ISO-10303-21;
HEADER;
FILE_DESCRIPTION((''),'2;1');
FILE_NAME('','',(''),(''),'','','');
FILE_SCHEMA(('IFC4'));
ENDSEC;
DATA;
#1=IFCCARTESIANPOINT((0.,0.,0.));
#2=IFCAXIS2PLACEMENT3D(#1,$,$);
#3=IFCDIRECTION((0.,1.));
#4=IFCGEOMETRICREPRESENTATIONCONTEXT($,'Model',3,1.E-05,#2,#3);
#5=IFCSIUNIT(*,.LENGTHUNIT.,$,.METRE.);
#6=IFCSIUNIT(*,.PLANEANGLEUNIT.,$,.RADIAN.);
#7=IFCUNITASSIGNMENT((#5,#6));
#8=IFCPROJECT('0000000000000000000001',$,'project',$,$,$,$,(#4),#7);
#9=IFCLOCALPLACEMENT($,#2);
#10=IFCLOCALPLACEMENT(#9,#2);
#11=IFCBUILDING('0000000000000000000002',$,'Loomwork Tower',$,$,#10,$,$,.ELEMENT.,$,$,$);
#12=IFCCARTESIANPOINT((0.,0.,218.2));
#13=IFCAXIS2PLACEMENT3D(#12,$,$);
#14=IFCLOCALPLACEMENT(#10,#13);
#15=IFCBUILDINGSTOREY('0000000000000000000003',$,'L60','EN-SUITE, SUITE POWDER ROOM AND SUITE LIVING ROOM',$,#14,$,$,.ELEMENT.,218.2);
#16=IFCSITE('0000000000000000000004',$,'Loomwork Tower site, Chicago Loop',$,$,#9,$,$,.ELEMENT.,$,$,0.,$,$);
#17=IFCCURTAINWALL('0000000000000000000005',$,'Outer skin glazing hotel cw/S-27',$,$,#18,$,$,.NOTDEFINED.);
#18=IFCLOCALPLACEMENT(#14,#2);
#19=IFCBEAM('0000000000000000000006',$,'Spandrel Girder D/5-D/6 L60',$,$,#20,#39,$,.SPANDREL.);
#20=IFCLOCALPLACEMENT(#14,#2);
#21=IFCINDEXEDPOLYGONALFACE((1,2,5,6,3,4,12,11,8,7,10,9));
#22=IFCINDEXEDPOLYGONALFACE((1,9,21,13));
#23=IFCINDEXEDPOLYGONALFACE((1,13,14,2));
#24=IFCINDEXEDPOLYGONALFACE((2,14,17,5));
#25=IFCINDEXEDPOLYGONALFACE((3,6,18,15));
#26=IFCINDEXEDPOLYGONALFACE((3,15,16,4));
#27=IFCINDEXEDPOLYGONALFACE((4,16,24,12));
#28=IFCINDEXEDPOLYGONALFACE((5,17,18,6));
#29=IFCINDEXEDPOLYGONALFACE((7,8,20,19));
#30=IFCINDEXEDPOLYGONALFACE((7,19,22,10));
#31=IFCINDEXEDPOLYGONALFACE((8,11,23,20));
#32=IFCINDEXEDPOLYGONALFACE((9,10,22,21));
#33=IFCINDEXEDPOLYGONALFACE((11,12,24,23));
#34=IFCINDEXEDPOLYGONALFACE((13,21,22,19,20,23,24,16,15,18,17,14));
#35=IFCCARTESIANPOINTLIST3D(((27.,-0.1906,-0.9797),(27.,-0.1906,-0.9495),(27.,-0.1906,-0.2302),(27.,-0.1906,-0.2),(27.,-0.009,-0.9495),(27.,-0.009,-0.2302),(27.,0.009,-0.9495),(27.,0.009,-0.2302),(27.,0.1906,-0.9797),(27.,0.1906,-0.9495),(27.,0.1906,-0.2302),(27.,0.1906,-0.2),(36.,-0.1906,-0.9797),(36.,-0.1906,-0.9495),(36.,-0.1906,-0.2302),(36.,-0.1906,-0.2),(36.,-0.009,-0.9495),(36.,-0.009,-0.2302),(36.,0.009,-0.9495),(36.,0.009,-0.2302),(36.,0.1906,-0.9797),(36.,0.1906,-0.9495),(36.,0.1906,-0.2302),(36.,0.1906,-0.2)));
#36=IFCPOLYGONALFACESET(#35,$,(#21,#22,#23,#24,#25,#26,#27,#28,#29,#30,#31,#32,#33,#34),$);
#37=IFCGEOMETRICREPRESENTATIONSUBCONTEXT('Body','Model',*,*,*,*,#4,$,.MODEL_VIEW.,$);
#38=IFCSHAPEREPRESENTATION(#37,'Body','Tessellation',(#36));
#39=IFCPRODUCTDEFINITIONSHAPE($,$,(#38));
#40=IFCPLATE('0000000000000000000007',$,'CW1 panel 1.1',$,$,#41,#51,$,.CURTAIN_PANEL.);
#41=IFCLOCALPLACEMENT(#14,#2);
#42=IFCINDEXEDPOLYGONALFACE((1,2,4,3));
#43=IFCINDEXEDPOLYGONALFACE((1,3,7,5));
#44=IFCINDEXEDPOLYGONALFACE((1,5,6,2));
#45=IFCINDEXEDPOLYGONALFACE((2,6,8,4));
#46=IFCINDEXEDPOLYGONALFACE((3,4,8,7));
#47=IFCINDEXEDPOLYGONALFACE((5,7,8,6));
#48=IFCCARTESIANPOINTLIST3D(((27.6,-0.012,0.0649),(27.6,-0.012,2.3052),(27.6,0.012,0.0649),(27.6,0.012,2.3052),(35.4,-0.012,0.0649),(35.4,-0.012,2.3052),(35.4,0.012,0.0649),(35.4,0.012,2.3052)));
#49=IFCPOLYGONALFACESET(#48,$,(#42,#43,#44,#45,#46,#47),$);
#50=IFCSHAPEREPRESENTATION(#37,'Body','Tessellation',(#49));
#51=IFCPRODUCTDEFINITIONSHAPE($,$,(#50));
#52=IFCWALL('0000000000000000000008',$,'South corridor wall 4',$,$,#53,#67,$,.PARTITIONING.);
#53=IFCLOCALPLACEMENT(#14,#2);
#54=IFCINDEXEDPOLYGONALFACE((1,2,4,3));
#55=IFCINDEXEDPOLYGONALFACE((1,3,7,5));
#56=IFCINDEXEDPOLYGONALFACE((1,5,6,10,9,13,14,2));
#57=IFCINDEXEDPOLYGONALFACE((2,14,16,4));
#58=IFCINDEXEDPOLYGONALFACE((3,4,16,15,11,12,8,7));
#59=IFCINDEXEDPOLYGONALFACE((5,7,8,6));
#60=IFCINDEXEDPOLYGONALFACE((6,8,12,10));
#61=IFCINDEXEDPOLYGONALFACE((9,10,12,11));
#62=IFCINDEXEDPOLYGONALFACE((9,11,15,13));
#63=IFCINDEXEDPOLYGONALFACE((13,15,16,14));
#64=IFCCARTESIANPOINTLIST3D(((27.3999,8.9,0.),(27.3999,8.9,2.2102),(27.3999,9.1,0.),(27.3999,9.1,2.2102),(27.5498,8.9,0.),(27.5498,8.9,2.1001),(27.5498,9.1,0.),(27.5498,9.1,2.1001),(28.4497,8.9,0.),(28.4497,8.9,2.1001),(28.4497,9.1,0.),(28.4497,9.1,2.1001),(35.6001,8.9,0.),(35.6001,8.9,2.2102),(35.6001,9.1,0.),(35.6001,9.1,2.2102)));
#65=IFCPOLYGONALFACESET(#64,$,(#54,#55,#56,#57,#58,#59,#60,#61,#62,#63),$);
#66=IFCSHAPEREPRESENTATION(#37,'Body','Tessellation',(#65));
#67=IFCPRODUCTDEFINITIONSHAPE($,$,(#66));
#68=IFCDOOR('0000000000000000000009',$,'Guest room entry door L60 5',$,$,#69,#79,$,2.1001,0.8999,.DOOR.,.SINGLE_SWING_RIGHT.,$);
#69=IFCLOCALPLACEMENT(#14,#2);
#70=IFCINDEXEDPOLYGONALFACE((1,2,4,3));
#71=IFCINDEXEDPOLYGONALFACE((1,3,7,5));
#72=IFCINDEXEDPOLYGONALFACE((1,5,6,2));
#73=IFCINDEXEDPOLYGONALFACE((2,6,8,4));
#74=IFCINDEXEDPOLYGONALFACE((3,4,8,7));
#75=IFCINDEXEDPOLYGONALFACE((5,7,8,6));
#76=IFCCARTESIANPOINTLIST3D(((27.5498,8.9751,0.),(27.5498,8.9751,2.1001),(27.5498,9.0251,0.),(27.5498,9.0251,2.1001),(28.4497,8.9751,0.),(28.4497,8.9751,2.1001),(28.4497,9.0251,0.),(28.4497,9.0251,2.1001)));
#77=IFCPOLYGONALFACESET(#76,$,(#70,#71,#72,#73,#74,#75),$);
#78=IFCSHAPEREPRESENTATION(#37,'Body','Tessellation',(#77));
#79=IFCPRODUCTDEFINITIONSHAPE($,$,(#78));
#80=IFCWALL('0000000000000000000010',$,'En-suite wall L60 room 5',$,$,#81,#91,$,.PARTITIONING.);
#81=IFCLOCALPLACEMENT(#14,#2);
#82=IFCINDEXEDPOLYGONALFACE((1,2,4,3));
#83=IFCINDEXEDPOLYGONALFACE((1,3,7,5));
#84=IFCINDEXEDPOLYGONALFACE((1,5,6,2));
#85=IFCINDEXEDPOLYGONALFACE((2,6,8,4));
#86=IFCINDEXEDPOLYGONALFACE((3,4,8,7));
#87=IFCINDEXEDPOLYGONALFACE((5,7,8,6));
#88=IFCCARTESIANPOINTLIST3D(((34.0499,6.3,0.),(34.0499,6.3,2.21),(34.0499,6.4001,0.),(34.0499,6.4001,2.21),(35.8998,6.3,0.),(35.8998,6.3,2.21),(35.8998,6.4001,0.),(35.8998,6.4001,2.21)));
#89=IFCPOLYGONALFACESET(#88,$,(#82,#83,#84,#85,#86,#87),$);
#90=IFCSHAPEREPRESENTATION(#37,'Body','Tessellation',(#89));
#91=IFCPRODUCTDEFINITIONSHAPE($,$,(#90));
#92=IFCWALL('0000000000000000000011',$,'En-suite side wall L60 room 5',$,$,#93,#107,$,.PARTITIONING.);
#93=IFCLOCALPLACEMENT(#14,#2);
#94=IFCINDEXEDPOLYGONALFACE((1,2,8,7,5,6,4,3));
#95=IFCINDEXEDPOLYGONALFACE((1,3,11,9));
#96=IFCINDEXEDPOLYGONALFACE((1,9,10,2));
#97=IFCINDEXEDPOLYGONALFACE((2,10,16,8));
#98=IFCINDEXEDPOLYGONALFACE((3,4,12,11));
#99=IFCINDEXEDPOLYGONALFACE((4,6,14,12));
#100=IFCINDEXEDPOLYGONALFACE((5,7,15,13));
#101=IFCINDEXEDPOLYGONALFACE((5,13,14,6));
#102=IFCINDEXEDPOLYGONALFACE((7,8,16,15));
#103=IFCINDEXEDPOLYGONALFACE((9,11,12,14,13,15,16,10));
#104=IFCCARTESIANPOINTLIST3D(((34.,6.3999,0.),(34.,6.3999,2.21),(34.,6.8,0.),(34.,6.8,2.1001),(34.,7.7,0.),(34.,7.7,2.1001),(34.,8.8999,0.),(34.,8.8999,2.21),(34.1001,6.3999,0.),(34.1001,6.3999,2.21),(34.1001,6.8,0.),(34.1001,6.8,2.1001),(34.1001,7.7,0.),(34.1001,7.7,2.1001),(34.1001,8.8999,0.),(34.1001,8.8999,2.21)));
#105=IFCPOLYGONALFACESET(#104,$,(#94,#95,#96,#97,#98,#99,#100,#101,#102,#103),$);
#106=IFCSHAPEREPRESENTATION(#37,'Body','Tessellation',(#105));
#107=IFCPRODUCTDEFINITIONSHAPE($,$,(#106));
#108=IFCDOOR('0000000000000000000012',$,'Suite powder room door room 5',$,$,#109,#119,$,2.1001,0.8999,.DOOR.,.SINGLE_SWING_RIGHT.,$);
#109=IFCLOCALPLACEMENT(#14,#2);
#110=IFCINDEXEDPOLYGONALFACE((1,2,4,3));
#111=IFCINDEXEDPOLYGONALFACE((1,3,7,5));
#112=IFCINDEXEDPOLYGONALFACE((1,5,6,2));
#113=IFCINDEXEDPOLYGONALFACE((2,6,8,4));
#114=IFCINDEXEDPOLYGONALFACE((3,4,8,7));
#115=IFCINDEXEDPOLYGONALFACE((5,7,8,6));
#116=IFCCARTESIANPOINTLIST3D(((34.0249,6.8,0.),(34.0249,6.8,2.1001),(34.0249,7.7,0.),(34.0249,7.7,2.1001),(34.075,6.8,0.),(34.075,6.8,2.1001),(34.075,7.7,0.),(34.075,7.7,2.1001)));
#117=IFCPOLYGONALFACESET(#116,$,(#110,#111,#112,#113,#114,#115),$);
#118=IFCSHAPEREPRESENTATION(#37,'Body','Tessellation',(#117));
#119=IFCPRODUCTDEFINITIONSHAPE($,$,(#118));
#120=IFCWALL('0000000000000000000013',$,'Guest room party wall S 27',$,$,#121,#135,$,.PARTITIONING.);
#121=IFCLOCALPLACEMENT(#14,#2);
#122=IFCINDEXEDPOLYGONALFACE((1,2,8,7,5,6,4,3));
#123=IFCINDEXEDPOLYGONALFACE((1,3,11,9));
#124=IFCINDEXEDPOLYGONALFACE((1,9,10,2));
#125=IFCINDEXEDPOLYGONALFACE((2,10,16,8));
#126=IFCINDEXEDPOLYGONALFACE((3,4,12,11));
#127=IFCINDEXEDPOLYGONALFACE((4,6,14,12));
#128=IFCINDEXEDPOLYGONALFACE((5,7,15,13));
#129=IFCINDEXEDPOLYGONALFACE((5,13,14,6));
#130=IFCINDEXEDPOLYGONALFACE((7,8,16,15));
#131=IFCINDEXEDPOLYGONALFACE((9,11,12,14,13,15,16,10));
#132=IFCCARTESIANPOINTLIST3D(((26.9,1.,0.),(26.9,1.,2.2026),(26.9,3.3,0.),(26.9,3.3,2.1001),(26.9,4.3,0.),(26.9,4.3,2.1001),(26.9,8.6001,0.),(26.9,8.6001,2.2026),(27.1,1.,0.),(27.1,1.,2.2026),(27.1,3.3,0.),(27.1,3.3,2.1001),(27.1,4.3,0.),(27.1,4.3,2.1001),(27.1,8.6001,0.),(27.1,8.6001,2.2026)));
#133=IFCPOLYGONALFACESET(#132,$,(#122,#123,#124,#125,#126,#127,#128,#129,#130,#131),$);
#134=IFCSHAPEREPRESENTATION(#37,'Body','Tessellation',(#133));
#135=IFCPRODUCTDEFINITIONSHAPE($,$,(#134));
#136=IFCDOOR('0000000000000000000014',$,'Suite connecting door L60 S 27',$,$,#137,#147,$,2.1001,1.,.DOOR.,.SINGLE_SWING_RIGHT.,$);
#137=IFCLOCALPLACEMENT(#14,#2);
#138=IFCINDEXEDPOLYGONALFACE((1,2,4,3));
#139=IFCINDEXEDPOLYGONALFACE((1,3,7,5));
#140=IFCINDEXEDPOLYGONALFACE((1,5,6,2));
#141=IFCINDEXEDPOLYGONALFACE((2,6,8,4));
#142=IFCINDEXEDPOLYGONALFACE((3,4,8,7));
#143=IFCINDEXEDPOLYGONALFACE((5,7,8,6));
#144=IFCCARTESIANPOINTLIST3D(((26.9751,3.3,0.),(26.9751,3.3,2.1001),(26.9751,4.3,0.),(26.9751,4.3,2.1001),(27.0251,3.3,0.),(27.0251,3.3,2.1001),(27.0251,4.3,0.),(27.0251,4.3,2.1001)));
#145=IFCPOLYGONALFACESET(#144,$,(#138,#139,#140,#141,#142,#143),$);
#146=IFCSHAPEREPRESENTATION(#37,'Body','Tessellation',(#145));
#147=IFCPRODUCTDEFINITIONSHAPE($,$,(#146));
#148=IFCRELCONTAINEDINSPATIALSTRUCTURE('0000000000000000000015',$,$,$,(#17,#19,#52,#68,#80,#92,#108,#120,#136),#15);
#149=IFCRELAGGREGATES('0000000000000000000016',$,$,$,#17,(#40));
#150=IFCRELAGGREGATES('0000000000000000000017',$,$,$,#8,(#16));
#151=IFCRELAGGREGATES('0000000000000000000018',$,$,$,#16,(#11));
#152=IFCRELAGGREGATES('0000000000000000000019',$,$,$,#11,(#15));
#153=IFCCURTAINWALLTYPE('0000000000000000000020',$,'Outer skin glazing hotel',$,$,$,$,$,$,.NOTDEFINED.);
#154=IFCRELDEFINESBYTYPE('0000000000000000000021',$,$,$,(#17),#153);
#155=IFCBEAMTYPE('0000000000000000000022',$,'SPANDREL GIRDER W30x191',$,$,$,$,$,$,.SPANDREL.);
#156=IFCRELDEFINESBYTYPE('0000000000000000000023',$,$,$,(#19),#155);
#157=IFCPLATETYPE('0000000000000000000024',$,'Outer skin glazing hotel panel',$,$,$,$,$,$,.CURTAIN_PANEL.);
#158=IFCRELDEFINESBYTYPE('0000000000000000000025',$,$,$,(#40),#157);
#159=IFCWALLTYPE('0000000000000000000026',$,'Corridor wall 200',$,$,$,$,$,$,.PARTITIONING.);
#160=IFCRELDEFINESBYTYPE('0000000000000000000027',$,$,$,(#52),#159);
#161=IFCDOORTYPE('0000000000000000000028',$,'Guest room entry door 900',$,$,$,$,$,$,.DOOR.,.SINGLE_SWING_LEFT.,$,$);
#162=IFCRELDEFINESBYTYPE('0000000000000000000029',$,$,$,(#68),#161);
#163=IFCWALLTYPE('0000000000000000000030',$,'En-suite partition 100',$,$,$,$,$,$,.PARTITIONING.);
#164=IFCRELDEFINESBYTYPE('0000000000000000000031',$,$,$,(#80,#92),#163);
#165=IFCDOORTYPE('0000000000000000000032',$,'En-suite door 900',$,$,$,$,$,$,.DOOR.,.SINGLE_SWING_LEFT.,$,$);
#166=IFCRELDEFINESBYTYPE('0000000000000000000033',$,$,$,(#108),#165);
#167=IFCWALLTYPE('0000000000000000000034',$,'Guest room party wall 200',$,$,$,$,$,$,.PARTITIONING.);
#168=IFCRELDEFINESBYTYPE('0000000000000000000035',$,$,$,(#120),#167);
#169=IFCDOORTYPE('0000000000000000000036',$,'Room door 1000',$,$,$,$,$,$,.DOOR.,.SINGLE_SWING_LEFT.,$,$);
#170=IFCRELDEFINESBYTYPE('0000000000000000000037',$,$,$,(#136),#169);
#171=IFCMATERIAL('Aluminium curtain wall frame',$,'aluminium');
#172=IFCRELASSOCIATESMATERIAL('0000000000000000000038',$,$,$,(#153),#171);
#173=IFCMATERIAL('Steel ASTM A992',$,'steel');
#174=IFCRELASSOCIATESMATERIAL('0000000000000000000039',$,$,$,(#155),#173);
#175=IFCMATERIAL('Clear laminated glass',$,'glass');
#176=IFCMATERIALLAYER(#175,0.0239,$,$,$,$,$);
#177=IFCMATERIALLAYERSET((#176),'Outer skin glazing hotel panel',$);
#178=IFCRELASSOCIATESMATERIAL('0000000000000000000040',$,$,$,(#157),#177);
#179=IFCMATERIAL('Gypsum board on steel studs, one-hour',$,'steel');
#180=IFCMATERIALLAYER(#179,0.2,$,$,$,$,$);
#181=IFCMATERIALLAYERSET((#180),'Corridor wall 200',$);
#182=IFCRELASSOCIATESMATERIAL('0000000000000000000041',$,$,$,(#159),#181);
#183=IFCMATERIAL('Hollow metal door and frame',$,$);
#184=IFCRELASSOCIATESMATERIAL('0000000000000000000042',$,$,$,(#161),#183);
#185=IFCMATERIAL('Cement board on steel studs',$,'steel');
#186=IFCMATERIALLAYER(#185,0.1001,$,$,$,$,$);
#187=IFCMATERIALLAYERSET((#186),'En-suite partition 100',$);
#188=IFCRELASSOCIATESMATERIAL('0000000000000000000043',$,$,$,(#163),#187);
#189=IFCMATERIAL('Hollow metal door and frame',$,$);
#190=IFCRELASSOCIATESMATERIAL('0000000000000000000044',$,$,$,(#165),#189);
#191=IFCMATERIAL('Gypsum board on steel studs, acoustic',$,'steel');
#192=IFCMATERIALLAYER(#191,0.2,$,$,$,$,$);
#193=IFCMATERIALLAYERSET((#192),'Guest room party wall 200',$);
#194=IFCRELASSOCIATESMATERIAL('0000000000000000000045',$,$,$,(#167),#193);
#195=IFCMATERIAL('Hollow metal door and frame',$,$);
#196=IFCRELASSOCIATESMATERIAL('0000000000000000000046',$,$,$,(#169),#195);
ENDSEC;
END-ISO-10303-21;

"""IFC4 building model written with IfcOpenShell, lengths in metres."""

from ifc_helpers import new_model, si_unit, direction, frame, frame_2d, origin, origin_2d, place, context, subcontext, project, spatial, rectangle, i_section, extrude, material, layer, layer_set, material_profile, profile_set, type_object, element, fill, aggregate, save


model = new_model("IFC4")

# Units and contexts
model_context = context("Model", 3, precision=1e-05, world=origin(), true_north=direction((0.0, 1.0)))
body_context = subcontext(model_context, "Body", "Model", "MODEL_VIEW")
ifc_project = project(units=[si_unit("LENGTHUNIT", "METRE"), si_unit("PLANEANGLEUNIT", "RADIAN")], contexts=[model_context])

# Site, building, storey
site_placement = place(None, origin())
site = spatial("IfcSite", under=ifc_project, at=site_placement, Name="Loomwork Tower site, Chicago Loop", CompositionType="ELEMENT", RefElevation=0.0)
building_placement = place(site_placement, origin())
building = spatial("IfcBuilding", under=site, at=building_placement, Name="Loomwork Tower", CompositionType="ELEMENT")
storey_placement = place(building_placement, frame((0.0, 0.0, 218.2)))
storey = spatial("IfcBuildingStorey", under=building, at=storey_placement, Name="L60", Description="EN-SUITE, SUITE POWDER ROOM AND SUITE LIVING ROOM", CompositionType="ELEMENT", Elevation=218.2)

# Curtain wall
ifc_material_1 = material(Name="Aluminium curtain wall frame", Category="aluminium")
curtain_wall_type = type_object("IfcCurtainWallType", Name="Outer skin glazing hotel", PredefinedType="NOTDEFINED", material=ifc_material_1)
curtain_wall_placement = place(storey_placement, origin())
curtain_wall = element("IfcCurtainWall", 1, at=curtain_wall_placement, inside=storey, type_object=curtain_wall_type, Name="Outer skin glazing hotel cw/S-27", PredefinedType="NOTDEFINED")

# Beam
ifc_material_2 = material(Name="Steel ASTM A992", Category="steel")
ifc_material_profile_1 = material_profile(ifc_material_2, i_section(OverallWidth=0.3811, OverallDepth=0.7798, WebThickness=0.0181, FlangeThickness=0.0303, at=origin_2d()), Name="W30x191")
ifc_profile_set_1 = profile_set([ifc_material_profile_1], Name="Steel ASTM A992")
beam_type_1 = type_object("IfcBeamType", Name="SPANDREL GIRDER W30x191", PredefinedType="SPANDREL", material=ifc_profile_set_1)
beam_1_placement = place(storey_placement, frame((27.0, 0.0, -0.5898), z_axis=(1.0, 0.0, 0.0), x_axis=(0.0, 1.0, 0.0)))
element("IfcBeam", 2, at=beam_1_placement, inside=storey, type_object=beam_type_1, Name="Spandrel Girder D/5-D/6 L60", PredefinedType="SPANDREL", context=body_context, shape_type="SweptSolid", body=[
    extrude(i_section(OverallWidth=0.3811, OverallDepth=0.7798, WebThickness=0.0181, FlangeThickness=0.0303, at=origin_2d()), origin(), (0.0, 0.0, 1.0), 9.0),
])

# Plate
ifc_material_3 = material(Name="Clear laminated glass", Category="glass")
ifc_layer_1 = layer(ifc_material_3, 0.0239)
ifc_layer_set_1 = layer_set([ifc_layer_1], Name="Outer skin glazing hotel panel")
plate_type = type_object("IfcPlateType", Name="Outer skin glazing hotel panel", PredefinedType="CURTAIN_PANEL", material=ifc_layer_set_1)
plate_placement = place(storey_placement, frame((31.5, 0.0, 0.0649), z_axis=(0.0, 0.0, 1.0), x_axis=(1.0, 0.0, 0.0)))
plate = element("IfcPlate", 3, at=plate_placement, type_object=plate_type, Name="CW1 panel 1.1", PredefinedType="CURTAIN_PANEL", context=body_context, shape_type="SweptSolid", body=[
    extrude(rectangle(XDim=7.8, YDim=0.0239, at=origin_2d()), origin(), (0.0, 0.0, 1.0), 2.2402),
])
aggregate(curtain_wall, [plate])

# Wall, opening, door
ifc_material_4 = material(Name="Gypsum board on steel studs, one-hour", Category="steel")
ifc_layer_2 = layer(ifc_material_4, 0.2)
ifc_layer_set_2 = layer_set([ifc_layer_2], Name="Corridor wall 200")
wall_type_1 = type_object("IfcWallType", Name="Corridor wall 200", PredefinedType="PARTITIONING", material=ifc_layer_set_2)
wall_1_placement = place(storey_placement, frame((27.3999, 9.0, 0.0), z_axis=(0.0, 0.0, 1.0), x_axis=(1.0, 0.0, 0.0)))
wall_1 = element("IfcWall", 4, at=wall_1_placement, inside=storey, type_object=wall_type_1, Name="South corridor wall 4", PredefinedType="PARTITIONING", context=body_context, shape_type="SweptSolid", body=[
    extrude(rectangle(XDim=8.2002, YDim=0.2, at=frame_2d((4.1001, 0.0))), origin(), (0.0, 0.0, 1.0), 2.2102),
])
opening_1_placement = place(wall_1_placement, frame((0.1499, 0.0, 0.0)))
opening_1 = element("IfcOpeningElement", 5, at=opening_1_placement, cuts=wall_1, PredefinedType="OPENING", context=body_context, shape_type="SweptSolid", body=[
    extrude(rectangle(XDim=0.8999, YDim=2.1001, at=frame_2d((0.45, 1.05))), frame((0.0, 0.1099, 0.0), z_axis=(0.0, -1.0, 0.0), x_axis=(1.0, 0.0, 0.0)), (0.0, 0.0, 1.0), 0.22),
])
ifc_material_5 = material(Name="Hollow metal door and frame")
door_type_1 = type_object("IfcDoorType", Name="Guest room entry door 900", OperationType="SINGLE_SWING_LEFT", PredefinedType="DOOR", material=ifc_material_5)
door_1_placement = place(opening_1_placement, frame((0.8999, 0.0, 0.0), z_axis=(0.0, 0.0, 1.0), x_axis=(-1.0, 0.0, 0.0)))
door_1 = element("IfcDoor", 6, at=door_1_placement, inside=storey, type_object=door_type_1, Name="Guest room entry door L60 5", OperationType="SINGLE_SWING_RIGHT", OverallHeight=2.1001, OverallWidth=0.8999, PredefinedType="DOOR", context=body_context, shape_type="SweptSolid", body=[
    extrude(rectangle(XDim=0.8999, YDim=2.1001, at=frame_2d((0.45, 1.05))), frame((0.0, 0.0249, 0.0), z_axis=(0.0, -1.0, 0.0), x_axis=(1.0, 0.0, 0.0)), (0.0, 0.0, 1.0), 0.05),
])
fill(opening_1, door_1)

# Wall
ifc_material_6 = material(Name="Cement board on steel studs", Category="steel")
ifc_layer_3 = layer(ifc_material_6, 0.1001)
ifc_layer_set_3 = layer_set([ifc_layer_3], Name="En-suite partition 100")
wall_type_2 = type_object("IfcWallType", Name="En-suite partition 100", PredefinedType="PARTITIONING", material=ifc_layer_set_3)
wall_2_placement = place(storey_placement, frame((34.05, 6.3501, 0.0), z_axis=(0.0, 0.0, 1.0), x_axis=(1.0, 0.0, 0.0)))
element("IfcWall", 7, at=wall_2_placement, inside=storey, type_object=wall_type_2, Name="En-suite wall L60 room 5", PredefinedType="PARTITIONING", context=body_context, shape_type="SweptSolid", body=[
    extrude(rectangle(XDim=1.8499, YDim=0.1001, at=frame_2d((0.9248, 0.0))), origin(), (0.0, 0.0, 1.0), 2.21),
])

# Walls, openings, doors
wall_3_placement = place(storey_placement, frame((34.05, 8.8999, 0.0), z_axis=(0.0, 0.0, 1.0), x_axis=(0.0, -1.0, 0.0)))
wall_3 = element("IfcWall", 8, at=wall_3_placement, inside=storey, type_object=wall_type_2, Name="En-suite side wall L60 room 5", PredefinedType="PARTITIONING", context=body_context, shape_type="SweptSolid", body=[
    extrude(rectangle(XDim=2.5, YDim=0.1001, at=frame_2d((1.25, 0.0))), origin(), (0.0, 0.0, 1.0), 2.21),
])
opening_2_placement = place(wall_3_placement, frame((1.2, 0.0, 0.0)))
opening_2 = element("IfcOpeningElement", 9, at=opening_2_placement, cuts=wall_3, PredefinedType="OPENING", context=body_context, shape_type="SweptSolid", body=[
    extrude(rectangle(XDim=0.8999, YDim=2.1001, at=frame_2d((0.45, 1.05))), frame((0.0, 0.0601, 0.0), z_axis=(0.0, -1.0, 0.0), x_axis=(1.0, 0.0, 0.0)), (0.0, 0.0, 1.0), 0.1201),
])
ifc_material_7 = material(Name="Hollow metal door and frame")
door_type_2 = type_object("IfcDoorType", Name="En-suite door 900", OperationType="SINGLE_SWING_LEFT", PredefinedType="DOOR", material=ifc_material_7)
door_2_placement = place(opening_2_placement, origin())
door_2 = element("IfcDoor", 10, at=door_2_placement, inside=storey, type_object=door_type_2, Name="Suite powder room door room 5", OperationType="SINGLE_SWING_RIGHT", OverallHeight=2.1001, OverallWidth=0.8999, PredefinedType="DOOR", context=body_context, shape_type="SweptSolid", body=[
    extrude(rectangle(XDim=0.8999, YDim=2.1001, at=frame_2d((0.45, 1.05))), frame((0.0, 0.0249, 0.0), z_axis=(0.0, -1.0, 0.0), x_axis=(1.0, 0.0, 0.0)), (0.0, 0.0, 1.0), 0.05),
])
fill(opening_2, door_2)
ifc_material_8 = material(Name="Gypsum board on steel studs, acoustic", Category="steel")
ifc_layer_4 = layer(ifc_material_8, 0.2)
ifc_layer_set_4 = layer_set([ifc_layer_4], Name="Guest room party wall 200")
wall_type_3 = type_object("IfcWallType", Name="Guest room party wall 200", PredefinedType="PARTITIONING", material=ifc_layer_set_4)
wall_4_placement = place(storey_placement, frame((27.0, 8.6001, 0.0), z_axis=(0.0, 0.0, 1.0), x_axis=(0.0, -1.0, 0.0)))
wall_4 = element("IfcWall", 11, at=wall_4_placement, inside=storey, type_object=wall_type_3, Name="Guest room party wall S 27", PredefinedType="PARTITIONING", context=body_context, shape_type="SweptSolid", body=[
    extrude(rectangle(XDim=7.6001, YDim=0.2, at=frame_2d((3.8, 0.0))), origin(), (0.0, 0.0, 1.0), 2.2026),
])
opening_3_placement = place(wall_4_placement, frame((4.3, 0.0, 0.0)))
opening_3 = element("IfcOpeningElement", 12, at=opening_3_placement, cuts=wall_4, PredefinedType="OPENING", context=body_context, shape_type="SweptSolid", body=[
    extrude(rectangle(XDim=1.0, YDim=2.1001, at=frame_2d((0.5, 1.05))), frame((0.0, 0.1099, 0.0), z_axis=(0.0, -1.0, 0.0), x_axis=(1.0, 0.0, 0.0)), (0.0, 0.0, 1.0), 0.22),
])
ifc_material_9 = material(Name="Hollow metal door and frame")
door_type_3 = type_object("IfcDoorType", Name="Room door 1000", OperationType="SINGLE_SWING_LEFT", PredefinedType="DOOR", material=ifc_material_9)
door_3_placement = place(opening_3_placement, frame((1.0, 0.0, 0.0), z_axis=(0.0, 0.0, 1.0), x_axis=(-1.0, 0.0, 0.0)))
door_3 = element("IfcDoor", 13, at=door_3_placement, inside=storey, type_object=door_type_3, Name="Suite connecting door L60 S 27", OperationType="SINGLE_SWING_RIGHT", OverallHeight=2.1001, OverallWidth=1.0, PredefinedType="DOOR", context=body_context, shape_type="SweptSolid", body=[
    extrude(rectangle(XDim=1.0, YDim=2.1001, at=frame_2d((0.5, 1.05))), frame((0.0, 0.0249, 0.0), z_axis=(0.0, -1.0, 0.0), x_axis=(1.0, 0.0, 0.0)), (0.0, 0.0, 1.0), 0.05),
])
fill(opening_3, door_3)

save(model, "model.ifc")
